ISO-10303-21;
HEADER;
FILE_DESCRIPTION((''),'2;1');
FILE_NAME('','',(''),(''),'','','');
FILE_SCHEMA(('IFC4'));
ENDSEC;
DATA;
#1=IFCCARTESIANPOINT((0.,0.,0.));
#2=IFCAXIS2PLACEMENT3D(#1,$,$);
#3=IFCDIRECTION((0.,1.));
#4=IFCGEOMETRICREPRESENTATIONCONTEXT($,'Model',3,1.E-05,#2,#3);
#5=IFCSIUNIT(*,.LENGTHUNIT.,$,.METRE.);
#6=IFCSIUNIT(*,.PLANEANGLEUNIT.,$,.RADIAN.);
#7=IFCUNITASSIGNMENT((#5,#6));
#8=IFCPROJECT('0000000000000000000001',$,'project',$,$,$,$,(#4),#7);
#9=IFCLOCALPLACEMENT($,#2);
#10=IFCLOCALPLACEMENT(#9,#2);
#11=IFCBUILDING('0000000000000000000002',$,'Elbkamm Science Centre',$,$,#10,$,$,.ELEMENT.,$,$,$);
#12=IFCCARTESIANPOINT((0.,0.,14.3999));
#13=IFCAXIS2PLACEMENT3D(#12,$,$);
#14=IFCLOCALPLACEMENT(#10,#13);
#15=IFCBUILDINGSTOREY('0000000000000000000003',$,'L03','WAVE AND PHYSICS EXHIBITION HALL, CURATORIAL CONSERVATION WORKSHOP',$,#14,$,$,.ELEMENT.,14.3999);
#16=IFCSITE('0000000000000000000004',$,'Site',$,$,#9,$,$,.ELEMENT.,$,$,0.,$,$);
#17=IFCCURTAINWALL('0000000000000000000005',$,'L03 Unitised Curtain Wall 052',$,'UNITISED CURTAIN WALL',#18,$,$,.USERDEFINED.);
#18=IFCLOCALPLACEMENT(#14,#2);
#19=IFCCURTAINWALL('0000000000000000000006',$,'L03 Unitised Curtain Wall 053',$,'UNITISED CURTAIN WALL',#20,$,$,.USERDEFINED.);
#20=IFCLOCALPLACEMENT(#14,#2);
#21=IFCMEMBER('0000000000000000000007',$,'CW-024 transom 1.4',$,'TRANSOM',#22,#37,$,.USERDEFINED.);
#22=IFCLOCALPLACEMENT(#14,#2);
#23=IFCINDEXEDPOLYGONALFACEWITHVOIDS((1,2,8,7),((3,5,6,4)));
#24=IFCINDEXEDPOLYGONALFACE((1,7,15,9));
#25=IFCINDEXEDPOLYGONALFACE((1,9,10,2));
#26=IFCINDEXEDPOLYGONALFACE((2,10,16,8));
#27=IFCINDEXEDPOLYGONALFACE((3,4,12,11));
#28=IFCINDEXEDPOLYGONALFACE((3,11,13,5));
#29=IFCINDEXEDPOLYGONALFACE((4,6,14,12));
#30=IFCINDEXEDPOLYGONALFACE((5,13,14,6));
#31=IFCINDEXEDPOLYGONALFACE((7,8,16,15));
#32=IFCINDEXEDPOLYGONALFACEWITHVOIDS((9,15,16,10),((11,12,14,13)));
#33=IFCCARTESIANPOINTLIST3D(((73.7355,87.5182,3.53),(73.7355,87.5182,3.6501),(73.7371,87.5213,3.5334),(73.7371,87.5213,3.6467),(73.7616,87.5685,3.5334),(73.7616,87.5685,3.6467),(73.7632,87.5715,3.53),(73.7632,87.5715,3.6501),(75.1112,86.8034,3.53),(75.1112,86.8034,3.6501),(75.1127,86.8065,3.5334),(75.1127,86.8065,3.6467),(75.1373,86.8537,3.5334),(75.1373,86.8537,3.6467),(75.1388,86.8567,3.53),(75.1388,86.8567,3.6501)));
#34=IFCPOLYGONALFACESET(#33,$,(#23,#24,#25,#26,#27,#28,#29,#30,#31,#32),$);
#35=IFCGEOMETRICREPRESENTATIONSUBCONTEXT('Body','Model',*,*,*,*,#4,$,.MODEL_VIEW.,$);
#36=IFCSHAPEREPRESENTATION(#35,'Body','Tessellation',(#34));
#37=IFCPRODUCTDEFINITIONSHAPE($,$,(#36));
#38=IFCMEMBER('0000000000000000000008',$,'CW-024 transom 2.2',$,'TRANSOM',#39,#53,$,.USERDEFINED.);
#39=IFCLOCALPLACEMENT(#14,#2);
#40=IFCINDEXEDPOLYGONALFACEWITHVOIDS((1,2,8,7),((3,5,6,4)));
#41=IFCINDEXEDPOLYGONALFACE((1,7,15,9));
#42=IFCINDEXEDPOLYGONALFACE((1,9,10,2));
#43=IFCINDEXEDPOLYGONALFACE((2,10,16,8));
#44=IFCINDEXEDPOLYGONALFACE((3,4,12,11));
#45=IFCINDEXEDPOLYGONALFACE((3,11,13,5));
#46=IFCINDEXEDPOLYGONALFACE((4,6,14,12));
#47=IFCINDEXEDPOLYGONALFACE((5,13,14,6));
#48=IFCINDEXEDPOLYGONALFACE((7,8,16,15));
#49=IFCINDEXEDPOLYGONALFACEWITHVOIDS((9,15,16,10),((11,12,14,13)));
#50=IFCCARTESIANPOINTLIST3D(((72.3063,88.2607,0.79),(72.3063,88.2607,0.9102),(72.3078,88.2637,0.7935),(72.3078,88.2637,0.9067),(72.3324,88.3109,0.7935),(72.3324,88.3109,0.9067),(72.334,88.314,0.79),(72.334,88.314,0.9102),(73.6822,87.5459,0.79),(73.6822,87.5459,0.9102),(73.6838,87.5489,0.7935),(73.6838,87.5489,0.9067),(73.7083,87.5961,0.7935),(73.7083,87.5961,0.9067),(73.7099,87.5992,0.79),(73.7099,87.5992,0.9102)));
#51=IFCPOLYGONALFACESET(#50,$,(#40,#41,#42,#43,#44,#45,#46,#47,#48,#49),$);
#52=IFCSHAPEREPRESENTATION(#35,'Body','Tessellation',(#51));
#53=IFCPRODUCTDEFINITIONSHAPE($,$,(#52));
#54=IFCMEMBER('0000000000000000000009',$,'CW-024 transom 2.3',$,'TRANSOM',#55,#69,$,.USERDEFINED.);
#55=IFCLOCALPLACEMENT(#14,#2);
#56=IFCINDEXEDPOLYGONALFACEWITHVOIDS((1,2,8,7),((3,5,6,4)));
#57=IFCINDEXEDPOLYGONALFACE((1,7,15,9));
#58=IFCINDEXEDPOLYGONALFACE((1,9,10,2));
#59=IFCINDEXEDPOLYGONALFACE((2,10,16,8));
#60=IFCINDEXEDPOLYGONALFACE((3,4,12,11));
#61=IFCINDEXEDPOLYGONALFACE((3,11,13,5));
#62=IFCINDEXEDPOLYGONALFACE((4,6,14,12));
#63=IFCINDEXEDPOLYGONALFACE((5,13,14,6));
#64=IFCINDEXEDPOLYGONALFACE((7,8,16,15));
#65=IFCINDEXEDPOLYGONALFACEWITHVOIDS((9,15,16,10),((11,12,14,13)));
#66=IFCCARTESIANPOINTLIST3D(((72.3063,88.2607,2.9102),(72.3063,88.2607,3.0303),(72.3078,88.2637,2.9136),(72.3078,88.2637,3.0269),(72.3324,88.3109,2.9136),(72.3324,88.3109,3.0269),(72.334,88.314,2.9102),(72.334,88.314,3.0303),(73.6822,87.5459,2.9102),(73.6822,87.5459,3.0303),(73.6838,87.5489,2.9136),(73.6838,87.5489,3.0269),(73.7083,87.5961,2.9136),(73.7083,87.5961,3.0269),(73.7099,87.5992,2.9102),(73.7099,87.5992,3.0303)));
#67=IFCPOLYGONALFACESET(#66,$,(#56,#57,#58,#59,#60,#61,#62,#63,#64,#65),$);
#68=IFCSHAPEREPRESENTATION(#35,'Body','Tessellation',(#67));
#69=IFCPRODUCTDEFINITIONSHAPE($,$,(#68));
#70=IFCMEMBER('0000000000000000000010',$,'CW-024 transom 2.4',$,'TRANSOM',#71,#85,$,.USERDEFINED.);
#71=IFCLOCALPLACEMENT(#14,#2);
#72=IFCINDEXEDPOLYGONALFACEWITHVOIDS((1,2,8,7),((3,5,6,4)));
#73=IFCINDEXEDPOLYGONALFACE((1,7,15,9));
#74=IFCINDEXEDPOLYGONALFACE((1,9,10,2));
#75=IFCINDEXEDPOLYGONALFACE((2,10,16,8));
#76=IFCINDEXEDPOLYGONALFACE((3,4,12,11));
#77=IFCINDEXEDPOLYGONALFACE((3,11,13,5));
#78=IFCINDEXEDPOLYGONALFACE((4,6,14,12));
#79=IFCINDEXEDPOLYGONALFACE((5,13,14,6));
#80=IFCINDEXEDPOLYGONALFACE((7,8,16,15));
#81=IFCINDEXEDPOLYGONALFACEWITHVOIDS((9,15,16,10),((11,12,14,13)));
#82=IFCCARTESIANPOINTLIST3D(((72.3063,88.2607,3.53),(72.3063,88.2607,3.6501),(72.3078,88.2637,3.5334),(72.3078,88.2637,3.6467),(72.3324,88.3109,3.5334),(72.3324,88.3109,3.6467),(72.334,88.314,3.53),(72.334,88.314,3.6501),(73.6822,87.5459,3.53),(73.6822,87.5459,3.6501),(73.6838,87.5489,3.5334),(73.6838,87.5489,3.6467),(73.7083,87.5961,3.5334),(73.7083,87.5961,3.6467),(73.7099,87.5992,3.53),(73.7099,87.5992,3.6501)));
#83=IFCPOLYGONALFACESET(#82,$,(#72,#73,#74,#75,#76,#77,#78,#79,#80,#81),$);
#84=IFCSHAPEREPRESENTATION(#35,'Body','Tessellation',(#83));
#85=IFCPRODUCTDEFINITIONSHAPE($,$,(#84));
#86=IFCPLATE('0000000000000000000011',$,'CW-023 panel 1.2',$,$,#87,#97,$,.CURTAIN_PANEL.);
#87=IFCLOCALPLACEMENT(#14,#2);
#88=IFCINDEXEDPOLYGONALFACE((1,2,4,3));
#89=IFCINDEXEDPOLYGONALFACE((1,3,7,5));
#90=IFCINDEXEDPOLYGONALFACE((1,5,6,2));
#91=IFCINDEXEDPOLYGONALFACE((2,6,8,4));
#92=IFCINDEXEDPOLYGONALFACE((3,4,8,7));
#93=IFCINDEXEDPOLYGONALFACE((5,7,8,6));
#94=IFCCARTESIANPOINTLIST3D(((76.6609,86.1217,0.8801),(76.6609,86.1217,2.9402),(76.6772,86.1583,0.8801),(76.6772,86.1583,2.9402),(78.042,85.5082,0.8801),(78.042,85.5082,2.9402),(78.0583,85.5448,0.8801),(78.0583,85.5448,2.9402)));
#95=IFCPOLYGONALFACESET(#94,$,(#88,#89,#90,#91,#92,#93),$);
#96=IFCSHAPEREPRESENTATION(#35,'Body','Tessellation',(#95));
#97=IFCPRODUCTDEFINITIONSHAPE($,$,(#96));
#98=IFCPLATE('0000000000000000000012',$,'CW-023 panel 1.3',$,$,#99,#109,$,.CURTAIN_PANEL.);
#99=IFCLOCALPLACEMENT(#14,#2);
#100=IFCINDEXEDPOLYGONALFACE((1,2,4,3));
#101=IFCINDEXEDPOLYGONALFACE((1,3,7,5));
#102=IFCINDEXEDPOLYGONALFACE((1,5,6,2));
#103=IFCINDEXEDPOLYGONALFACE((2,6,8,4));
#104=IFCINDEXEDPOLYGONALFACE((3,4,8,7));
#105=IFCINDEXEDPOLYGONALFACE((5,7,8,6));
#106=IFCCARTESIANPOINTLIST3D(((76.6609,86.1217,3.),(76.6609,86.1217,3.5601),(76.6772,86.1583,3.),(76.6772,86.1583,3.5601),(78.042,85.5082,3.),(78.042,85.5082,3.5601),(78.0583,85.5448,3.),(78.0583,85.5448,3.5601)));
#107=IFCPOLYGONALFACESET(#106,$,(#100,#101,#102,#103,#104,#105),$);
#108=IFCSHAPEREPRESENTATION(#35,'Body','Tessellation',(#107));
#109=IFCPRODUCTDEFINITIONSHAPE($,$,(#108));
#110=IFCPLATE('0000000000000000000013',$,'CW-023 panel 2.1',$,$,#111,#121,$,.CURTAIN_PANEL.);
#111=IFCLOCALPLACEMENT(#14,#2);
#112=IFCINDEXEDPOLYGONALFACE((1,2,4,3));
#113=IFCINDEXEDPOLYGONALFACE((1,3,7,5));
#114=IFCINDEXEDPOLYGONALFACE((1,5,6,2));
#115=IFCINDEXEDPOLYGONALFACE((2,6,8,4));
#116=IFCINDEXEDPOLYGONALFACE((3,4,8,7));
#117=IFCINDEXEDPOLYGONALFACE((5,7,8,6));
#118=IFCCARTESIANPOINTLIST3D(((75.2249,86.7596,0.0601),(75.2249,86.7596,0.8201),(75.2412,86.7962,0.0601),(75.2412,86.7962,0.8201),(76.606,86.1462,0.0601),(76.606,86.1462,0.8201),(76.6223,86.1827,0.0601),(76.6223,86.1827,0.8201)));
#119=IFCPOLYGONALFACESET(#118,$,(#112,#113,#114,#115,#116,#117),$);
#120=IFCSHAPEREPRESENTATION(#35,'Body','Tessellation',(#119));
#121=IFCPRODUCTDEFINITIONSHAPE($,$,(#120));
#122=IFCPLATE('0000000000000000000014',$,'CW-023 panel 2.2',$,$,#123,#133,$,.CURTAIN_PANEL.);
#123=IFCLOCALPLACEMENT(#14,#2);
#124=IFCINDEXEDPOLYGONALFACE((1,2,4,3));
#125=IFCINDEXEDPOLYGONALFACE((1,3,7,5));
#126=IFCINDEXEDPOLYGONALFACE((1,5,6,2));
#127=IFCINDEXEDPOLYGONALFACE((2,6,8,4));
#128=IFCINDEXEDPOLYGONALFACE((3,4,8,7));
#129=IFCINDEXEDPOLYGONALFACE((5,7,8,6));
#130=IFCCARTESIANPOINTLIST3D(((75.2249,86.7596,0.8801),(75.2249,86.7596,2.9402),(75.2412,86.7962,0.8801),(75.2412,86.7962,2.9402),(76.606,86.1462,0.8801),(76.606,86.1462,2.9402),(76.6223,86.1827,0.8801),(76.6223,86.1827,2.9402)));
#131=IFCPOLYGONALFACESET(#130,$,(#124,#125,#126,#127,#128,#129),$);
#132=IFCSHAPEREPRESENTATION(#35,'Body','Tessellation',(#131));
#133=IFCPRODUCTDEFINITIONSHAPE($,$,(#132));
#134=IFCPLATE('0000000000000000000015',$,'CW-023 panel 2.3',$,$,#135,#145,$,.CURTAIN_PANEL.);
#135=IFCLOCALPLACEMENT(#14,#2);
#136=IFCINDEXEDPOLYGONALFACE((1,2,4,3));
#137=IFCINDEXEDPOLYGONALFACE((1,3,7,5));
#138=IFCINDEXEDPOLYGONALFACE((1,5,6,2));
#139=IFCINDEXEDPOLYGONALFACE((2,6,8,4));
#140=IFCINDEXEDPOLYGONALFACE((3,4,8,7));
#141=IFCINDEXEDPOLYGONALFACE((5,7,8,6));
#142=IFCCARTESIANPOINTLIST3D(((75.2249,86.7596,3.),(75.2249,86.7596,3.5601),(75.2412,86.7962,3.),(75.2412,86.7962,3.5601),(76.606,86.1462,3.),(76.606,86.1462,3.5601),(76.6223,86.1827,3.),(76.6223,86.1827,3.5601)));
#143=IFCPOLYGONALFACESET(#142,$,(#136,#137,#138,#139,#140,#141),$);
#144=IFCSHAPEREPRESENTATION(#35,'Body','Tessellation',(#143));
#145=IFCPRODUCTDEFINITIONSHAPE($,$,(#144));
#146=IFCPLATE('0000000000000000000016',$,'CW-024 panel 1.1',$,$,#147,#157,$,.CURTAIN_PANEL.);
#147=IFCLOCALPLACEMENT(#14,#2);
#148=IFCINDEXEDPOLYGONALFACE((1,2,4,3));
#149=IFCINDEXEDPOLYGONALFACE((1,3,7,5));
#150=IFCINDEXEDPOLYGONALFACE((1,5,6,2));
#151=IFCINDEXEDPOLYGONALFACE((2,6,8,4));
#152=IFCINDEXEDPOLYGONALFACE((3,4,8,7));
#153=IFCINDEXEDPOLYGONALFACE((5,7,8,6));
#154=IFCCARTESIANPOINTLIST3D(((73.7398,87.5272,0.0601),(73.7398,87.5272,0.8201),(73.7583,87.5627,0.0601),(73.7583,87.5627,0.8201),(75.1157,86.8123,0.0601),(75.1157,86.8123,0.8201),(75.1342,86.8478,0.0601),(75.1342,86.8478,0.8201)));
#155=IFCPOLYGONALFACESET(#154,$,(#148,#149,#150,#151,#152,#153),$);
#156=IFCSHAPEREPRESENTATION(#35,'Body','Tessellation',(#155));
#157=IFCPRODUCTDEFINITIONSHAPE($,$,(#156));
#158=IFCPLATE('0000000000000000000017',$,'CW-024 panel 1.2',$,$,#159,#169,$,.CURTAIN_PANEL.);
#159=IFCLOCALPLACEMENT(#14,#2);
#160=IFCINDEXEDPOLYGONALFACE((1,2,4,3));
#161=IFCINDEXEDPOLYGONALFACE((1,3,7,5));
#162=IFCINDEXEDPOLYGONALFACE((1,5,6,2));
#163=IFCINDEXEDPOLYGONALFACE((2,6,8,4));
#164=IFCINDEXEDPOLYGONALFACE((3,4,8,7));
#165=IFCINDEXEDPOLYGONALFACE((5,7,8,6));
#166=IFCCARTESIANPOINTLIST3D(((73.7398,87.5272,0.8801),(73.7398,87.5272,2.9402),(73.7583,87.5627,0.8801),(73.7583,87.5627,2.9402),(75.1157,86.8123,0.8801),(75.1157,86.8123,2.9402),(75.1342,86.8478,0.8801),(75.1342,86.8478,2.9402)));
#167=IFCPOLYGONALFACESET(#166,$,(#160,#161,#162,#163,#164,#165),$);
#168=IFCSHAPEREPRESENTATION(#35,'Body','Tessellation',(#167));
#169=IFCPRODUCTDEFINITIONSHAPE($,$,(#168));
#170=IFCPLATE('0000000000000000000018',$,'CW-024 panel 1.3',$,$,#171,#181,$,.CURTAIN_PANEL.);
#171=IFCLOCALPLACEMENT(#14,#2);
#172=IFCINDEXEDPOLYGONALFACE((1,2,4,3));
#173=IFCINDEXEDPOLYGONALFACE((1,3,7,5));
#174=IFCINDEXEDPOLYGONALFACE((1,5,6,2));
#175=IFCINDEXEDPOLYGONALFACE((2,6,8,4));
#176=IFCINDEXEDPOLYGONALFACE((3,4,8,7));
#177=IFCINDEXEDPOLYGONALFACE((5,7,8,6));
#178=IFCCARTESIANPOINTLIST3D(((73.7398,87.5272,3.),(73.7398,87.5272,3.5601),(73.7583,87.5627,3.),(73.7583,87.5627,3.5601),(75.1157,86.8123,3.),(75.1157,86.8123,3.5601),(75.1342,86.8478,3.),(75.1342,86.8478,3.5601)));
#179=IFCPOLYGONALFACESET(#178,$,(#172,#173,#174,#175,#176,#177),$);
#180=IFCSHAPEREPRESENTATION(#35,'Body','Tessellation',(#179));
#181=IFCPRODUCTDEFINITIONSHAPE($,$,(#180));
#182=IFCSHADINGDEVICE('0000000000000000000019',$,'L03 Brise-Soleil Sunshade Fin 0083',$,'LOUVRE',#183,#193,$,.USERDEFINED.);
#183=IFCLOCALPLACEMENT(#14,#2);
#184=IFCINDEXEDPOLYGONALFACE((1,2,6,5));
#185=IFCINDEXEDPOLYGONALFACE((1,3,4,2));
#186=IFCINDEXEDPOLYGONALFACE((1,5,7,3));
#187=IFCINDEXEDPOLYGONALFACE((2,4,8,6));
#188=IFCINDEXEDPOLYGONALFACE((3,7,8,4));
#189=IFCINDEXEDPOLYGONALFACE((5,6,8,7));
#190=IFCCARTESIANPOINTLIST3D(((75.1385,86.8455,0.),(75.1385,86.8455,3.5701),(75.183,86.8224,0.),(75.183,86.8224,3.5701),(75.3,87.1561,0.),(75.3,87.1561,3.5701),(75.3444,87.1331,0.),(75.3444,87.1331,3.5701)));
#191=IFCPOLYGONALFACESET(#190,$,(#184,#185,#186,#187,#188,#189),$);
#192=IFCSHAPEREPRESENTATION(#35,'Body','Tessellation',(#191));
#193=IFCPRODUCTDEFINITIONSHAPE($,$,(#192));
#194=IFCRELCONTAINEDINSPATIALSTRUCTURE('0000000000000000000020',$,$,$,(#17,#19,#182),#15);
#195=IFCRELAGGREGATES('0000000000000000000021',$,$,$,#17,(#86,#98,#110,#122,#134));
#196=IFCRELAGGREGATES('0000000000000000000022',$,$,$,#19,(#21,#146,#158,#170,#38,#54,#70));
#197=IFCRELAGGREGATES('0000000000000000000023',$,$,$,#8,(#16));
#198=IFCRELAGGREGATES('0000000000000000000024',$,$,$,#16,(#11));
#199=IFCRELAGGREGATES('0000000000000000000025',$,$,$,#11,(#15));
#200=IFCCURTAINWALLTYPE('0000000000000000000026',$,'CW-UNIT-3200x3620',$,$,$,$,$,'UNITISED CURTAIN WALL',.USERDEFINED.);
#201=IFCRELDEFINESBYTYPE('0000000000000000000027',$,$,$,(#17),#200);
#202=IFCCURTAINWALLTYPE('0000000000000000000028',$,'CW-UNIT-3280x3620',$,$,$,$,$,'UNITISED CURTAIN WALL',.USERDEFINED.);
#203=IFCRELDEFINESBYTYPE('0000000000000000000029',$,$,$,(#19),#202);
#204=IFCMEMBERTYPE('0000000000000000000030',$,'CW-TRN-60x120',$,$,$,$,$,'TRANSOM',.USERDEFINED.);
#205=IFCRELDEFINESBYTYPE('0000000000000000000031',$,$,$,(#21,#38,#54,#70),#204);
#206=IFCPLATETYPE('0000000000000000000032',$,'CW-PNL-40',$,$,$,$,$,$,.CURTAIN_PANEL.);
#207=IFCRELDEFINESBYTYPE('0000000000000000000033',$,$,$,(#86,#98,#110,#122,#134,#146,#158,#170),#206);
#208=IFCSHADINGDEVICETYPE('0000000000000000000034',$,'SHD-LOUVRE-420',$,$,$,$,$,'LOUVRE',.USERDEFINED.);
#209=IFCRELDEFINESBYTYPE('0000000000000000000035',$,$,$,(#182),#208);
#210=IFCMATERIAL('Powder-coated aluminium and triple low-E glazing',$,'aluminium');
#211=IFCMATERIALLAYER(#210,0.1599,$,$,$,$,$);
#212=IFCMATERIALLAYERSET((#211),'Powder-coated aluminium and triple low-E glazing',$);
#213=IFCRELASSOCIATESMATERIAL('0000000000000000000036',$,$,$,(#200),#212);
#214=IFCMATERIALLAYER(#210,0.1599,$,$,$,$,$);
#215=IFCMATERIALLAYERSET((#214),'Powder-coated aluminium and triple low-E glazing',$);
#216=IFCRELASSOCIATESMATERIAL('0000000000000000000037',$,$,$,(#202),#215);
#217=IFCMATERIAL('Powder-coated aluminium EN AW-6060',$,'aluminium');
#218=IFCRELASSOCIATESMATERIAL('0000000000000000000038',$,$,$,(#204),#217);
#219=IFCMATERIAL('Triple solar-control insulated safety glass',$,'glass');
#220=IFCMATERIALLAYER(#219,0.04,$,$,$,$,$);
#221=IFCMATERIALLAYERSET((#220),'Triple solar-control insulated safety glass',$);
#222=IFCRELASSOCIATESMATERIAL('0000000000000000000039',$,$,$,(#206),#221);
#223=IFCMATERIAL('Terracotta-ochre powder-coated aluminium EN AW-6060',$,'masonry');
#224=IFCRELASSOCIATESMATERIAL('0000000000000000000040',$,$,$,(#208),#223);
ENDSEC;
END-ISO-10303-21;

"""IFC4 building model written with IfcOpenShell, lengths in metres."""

from ifc_helpers import new_model, si_unit, direction, frame, origin, origin_2d, place, context, subcontext, project, spatial, rectangle, hollow_rectangle, extrude, material, layer, layer_set, material_profile, profile_set, type_object, element, aggregate, save


model = new_model("IFC4")

# Units and contexts
model_context = context("Model", 3, precision=1e-05, world=origin(), true_north=direction((0.0, 1.0)))
body_context = subcontext(model_context, "Body", "Model", "MODEL_VIEW")
ifc_project = project(units=[si_unit("LENGTHUNIT", "METRE"), si_unit("PLANEANGLEUNIT", "RADIAN")], contexts=[model_context])

# Site, building, storey
site_placement = place(None, origin())
site = spatial("IfcSite", under=ifc_project, at=site_placement, Name="Site", CompositionType="ELEMENT", RefElevation=0.0)
building_placement = place(site_placement, origin())
building = spatial("IfcBuilding", under=site, at=building_placement, Name="Elbkamm Science Centre", CompositionType="ELEMENT")
storey_placement = place(building_placement, frame((0.0, 0.0, 14.3999)))
storey = spatial("IfcBuildingStorey", under=building, at=storey_placement, Name="L03", Description="WAVE AND PHYSICS EXHIBITION HALL, CURATORIAL CONSERVATION WORKSHOP", CompositionType="ELEMENT", Elevation=14.3999)

# Curtain walls
ifc_material_1 = material(Name="Powder-coated aluminium and triple low-E glazing", Category="aluminium")
ifc_layer_1 = layer(ifc_material_1, 0.1599)
ifc_layer_set_1 = layer_set([ifc_layer_1], Name="Powder-coated aluminium and triple low-E glazing")
curtain_wall_type_1 = type_object("IfcCurtainWallType", Name="CW-UNIT-3200x3620", ElementType="UNITISED CURTAIN WALL", PredefinedType="USERDEFINED", material=ifc_layer_set_1)
curtain_wall_1_placement = place(storey_placement, origin())
curtain_wall_1 = element("IfcCurtainWall", 1, at=curtain_wall_1_placement, inside=storey, type_object=curtain_wall_type_1, Name="L03 Unitised Curtain Wall 052", ObjectType="UNITISED CURTAIN WALL", PredefinedType="USERDEFINED")
ifc_material_2 = material(Name="Powder-coated aluminium EN AW-6060", Category="aluminium")
ifc_layer_2 = layer(ifc_material_1, 0.1599)
ifc_layer_set_2 = layer_set([ifc_layer_2], Name="Powder-coated aluminium and triple low-E glazing")
curtain_wall_type_2 = type_object("IfcCurtainWallType", Name="CW-UNIT-3280x3620", ElementType="UNITISED CURTAIN WALL", PredefinedType="USERDEFINED", material=ifc_layer_set_2)
curtain_wall_2_placement = place(storey_placement, origin())
curtain_wall_2 = element("IfcCurtainWall", 2, at=curtain_wall_2_placement, inside=storey, type_object=curtain_wall_type_2, Name="L03 Unitised Curtain Wall 053", ObjectType="UNITISED CURTAIN WALL", PredefinedType="USERDEFINED")

# Members
ifc_material_profile_1 = material_profile(ifc_material_2, hollow_rectangle(XDim=0.0601, YDim=0.1201, WallThickness=0.0034, at=origin_2d()), Name="ALU T60x120")
ifc_profile_set_1 = profile_set([ifc_material_profile_1], Name="Powder-coated aluminium EN AW-6060")
member_type_1 = type_object("IfcMemberType", Name="CW-TRN-60x120", ElementType="TRANSOM", PredefinedType="USERDEFINED", material=ifc_profile_set_1)
member_1_placement = place(storey_placement, frame((75.125, 86.8301, 3.5901), z_axis=(-0.887359, 0.46108, 0.0), x_axis=(-0.46108, -0.887359, 0.0)))
member_1 = element("IfcMember", 3, at=member_1_placement, type_object=member_type_1, Name="CW-024 transom 1.4", ObjectType="TRANSOM", PredefinedType="USERDEFINED", context=body_context, shape_type="SweptSolid", body=[
    extrude(hollow_rectangle(XDim=0.0601, YDim=0.1201, WallThickness=0.0034, at=origin_2d()), origin(), (0.0, 0.0, 1.0), 1.5503),
])
member_2_placement = place(storey_placement, frame((73.696, 87.5725, 0.8501), z_axis=(-0.887392, 0.461016, 0.0), x_axis=(-0.461016, -0.887392, 0.0)))
member_2 = element("IfcMember", 4, at=member_2_placement, type_object=member_type_1, Name="CW-024 transom 2.2", ObjectType="TRANSOM", PredefinedType="USERDEFINED", context=body_context, shape_type="SweptSolid", body=[
    extrude(hollow_rectangle(XDim=0.0601, YDim=0.1201, WallThickness=0.0034, at=origin_2d()), origin(), (0.0, 0.0, 1.0), 1.5505),
])
member_3_placement = place(storey_placement, frame((73.696, 87.5725, 2.9702), z_axis=(-0.887392, 0.461016, 0.0), x_axis=(-0.461016, -0.887392, 0.0)))
member_3 = element("IfcMember", 5, at=member_3_placement, type_object=member_type_1, Name="CW-024 transom 2.3", ObjectType="TRANSOM", PredefinedType="USERDEFINED", context=body_context, shape_type="SweptSolid", body=[
    extrude(hollow_rectangle(XDim=0.0601, YDim=0.1201, WallThickness=0.0034, at=origin_2d()), origin(), (0.0, 0.0, 1.0), 1.5505),
])
member_4_placement = place(storey_placement, frame((73.696, 87.5725, 3.5901), z_axis=(-0.887392, 0.461016, 0.0), x_axis=(-0.461016, -0.887392, 0.0)))
member_4 = element("IfcMember", 6, at=member_4_placement, type_object=member_type_1, Name="CW-024 transom 2.4", ObjectType="TRANSOM", PredefinedType="USERDEFINED", context=body_context, shape_type="SweptSolid", body=[
    extrude(hollow_rectangle(XDim=0.0601, YDim=0.1201, WallThickness=0.0034, at=origin_2d()), origin(), (0.0, 0.0, 1.0), 1.5505),
])

# Plates
ifc_material_3 = material(Name="Triple solar-control insulated safety glass", Category="glass")
ifc_layer_3 = layer(ifc_material_3, 0.04)
ifc_layer_set_3 = layer_set([ifc_layer_3], Name="Triple solar-control insulated safety glass")
plate_type = type_object("IfcPlateType", Name="CW-PNL-40", PredefinedType="CURTAIN_PANEL", material=ifc_layer_set_3)
plate_1_placement = place(storey_placement, frame((77.3596, 85.8333, 0.8801), z_axis=(0.0, 0.0, 1.0), x_axis=(-0.913898, 0.405944, 0.0)))
plate_1 = element("IfcPlate", 7, at=plate_1_placement, type_object=plate_type, Name="CW-023 panel 1.2", PredefinedType="CURTAIN_PANEL", context=body_context, shape_type="SweptSolid", body=[
    extrude(rectangle(XDim=1.5112, YDim=0.04, at=origin_2d()), origin(), (0.0, 0.0, 1.0), 2.0601),
])
plate_2_placement = place(storey_placement, frame((77.3596, 85.8333, 3.0), z_axis=(0.0, 0.0, 1.0), x_axis=(-0.913898, 0.405944, 0.0)))
plate_2 = element("IfcPlate", 8, at=plate_2_placement, type_object=plate_type, Name="CW-023 panel 1.3", PredefinedType="CURTAIN_PANEL", context=body_context, shape_type="SweptSolid", body=[
    extrude(rectangle(XDim=1.5112, YDim=0.04, at=origin_2d()), origin(), (0.0, 0.0, 1.0), 0.5601),
])
plate_3_placement = place(storey_placement, frame((75.9236, 86.4712, 0.0601), z_axis=(0.0, 0.0, 1.0), x_axis=(-0.913898, 0.405944, 0.0)))
plate_3 = element("IfcPlate", 9, at=plate_3_placement, type_object=plate_type, Name="CW-023 panel 2.1", PredefinedType="CURTAIN_PANEL", context=body_context, shape_type="SweptSolid", body=[
    extrude(rectangle(XDim=1.5112, YDim=0.04, at=origin_2d()), origin(), (0.0, 0.0, 1.0), 0.76),
])
plate_4_placement = place(storey_placement, frame((75.9236, 86.4712, 0.8801), z_axis=(0.0, 0.0, 1.0), x_axis=(-0.913898, 0.405944, 0.0)))
plate_4 = element("IfcPlate", 10, at=plate_4_placement, type_object=plate_type, Name="CW-023 panel 2.2", PredefinedType="CURTAIN_PANEL", context=body_context, shape_type="SweptSolid", body=[
    extrude(rectangle(XDim=1.5112, YDim=0.04, at=origin_2d()), origin(), (0.0, 0.0, 1.0), 2.0601),
])
plate_5_placement = place(storey_placement, frame((75.9236, 86.4712, 3.0), z_axis=(0.0, 0.0, 1.0), x_axis=(-0.913898, 0.405944, 0.0)))
plate_5 = element("IfcPlate", 11, at=plate_5_placement, type_object=plate_type, Name="CW-023 panel 2.3", PredefinedType="CURTAIN_PANEL", context=body_context, shape_type="SweptSolid", body=[
    extrude(rectangle(XDim=1.5112, YDim=0.04, at=origin_2d()), origin(), (0.0, 0.0, 1.0), 0.5601),
])
aggregate(curtain_wall_1, [plate_1, plate_2, plate_3, plate_4, plate_5])
plate_6_placement = place(storey_placement, frame((74.437, 87.1875, 0.0601), z_axis=(0.0, 0.0, 1.0), x_axis=(-0.887363, 0.461071, 0.0)))
plate_6 = element("IfcPlate", 12, at=plate_6_placement, type_object=plate_type, Name="CW-024 panel 1.1", PredefinedType="CURTAIN_PANEL", context=body_context, shape_type="SweptSolid", body=[
    extrude(rectangle(XDim=1.5505, YDim=0.04, at=origin_2d()), origin(), (0.0, 0.0, 1.0), 0.76),
])
plate_7_placement = place(storey_placement, frame((74.437, 87.1875, 0.8801), z_axis=(0.0, 0.0, 1.0), x_axis=(-0.887363, 0.461071, 0.0)))
plate_7 = element("IfcPlate", 13, at=plate_7_placement, type_object=plate_type, Name="CW-024 panel 1.2", PredefinedType="CURTAIN_PANEL", context=body_context, shape_type="SweptSolid", body=[
    extrude(rectangle(XDim=1.5505, YDim=0.04, at=origin_2d()), origin(), (0.0, 0.0, 1.0), 2.0601),
])
plate_8_placement = place(storey_placement, frame((74.437, 87.1875, 3.0), z_axis=(0.0, 0.0, 1.0), x_axis=(-0.887363, 0.461071, 0.0)))
plate_8 = element("IfcPlate", 14, at=plate_8_placement, type_object=plate_type, Name="CW-024 panel 1.3", PredefinedType="CURTAIN_PANEL", context=body_context, shape_type="SweptSolid", body=[
    extrude(rectangle(XDim=1.5505, YDim=0.04, at=origin_2d()), origin(), (0.0, 0.0, 1.0), 0.5601),
])
aggregate(curtain_wall_2, [member_1, plate_6, plate_7, plate_8, member_2, member_3, member_4])

# Shading device
ifc_material_4 = material(Name="Terracotta-ochre powder-coated aluminium EN AW-6060", Category="masonry")
shading_device_type = type_object("IfcShadingDeviceType", Name="SHD-LOUVRE-420", ElementType="LOUVRE", PredefinedType="USERDEFINED", material=ifc_material_4)
for number, where, z_axis, x_axis, name in (
    (15, (75.2415, 86.9893, 0.0), (0.0, 0.0, 1.0), (0.46107, 0.887364, 0.0), "L03 Brise-Soleil Sunshade Fin 0083"),
):
    element("IfcShadingDevice", number, at=place(storey_placement, frame(where, z_axis=z_axis, x_axis=x_axis)), inside=storey, type_object=shading_device_type, Name=name, ObjectType="LOUVRE", PredefinedType="USERDEFINED", context=body_context, shape_type="SweptSolid", body=[
        extrude(rectangle(XDim=0.3501, YDim=0.05, at=origin_2d()), origin(), (0.0, 0.0, 1.0), 3.5701),
    ])

save(model, "model.ifc")
